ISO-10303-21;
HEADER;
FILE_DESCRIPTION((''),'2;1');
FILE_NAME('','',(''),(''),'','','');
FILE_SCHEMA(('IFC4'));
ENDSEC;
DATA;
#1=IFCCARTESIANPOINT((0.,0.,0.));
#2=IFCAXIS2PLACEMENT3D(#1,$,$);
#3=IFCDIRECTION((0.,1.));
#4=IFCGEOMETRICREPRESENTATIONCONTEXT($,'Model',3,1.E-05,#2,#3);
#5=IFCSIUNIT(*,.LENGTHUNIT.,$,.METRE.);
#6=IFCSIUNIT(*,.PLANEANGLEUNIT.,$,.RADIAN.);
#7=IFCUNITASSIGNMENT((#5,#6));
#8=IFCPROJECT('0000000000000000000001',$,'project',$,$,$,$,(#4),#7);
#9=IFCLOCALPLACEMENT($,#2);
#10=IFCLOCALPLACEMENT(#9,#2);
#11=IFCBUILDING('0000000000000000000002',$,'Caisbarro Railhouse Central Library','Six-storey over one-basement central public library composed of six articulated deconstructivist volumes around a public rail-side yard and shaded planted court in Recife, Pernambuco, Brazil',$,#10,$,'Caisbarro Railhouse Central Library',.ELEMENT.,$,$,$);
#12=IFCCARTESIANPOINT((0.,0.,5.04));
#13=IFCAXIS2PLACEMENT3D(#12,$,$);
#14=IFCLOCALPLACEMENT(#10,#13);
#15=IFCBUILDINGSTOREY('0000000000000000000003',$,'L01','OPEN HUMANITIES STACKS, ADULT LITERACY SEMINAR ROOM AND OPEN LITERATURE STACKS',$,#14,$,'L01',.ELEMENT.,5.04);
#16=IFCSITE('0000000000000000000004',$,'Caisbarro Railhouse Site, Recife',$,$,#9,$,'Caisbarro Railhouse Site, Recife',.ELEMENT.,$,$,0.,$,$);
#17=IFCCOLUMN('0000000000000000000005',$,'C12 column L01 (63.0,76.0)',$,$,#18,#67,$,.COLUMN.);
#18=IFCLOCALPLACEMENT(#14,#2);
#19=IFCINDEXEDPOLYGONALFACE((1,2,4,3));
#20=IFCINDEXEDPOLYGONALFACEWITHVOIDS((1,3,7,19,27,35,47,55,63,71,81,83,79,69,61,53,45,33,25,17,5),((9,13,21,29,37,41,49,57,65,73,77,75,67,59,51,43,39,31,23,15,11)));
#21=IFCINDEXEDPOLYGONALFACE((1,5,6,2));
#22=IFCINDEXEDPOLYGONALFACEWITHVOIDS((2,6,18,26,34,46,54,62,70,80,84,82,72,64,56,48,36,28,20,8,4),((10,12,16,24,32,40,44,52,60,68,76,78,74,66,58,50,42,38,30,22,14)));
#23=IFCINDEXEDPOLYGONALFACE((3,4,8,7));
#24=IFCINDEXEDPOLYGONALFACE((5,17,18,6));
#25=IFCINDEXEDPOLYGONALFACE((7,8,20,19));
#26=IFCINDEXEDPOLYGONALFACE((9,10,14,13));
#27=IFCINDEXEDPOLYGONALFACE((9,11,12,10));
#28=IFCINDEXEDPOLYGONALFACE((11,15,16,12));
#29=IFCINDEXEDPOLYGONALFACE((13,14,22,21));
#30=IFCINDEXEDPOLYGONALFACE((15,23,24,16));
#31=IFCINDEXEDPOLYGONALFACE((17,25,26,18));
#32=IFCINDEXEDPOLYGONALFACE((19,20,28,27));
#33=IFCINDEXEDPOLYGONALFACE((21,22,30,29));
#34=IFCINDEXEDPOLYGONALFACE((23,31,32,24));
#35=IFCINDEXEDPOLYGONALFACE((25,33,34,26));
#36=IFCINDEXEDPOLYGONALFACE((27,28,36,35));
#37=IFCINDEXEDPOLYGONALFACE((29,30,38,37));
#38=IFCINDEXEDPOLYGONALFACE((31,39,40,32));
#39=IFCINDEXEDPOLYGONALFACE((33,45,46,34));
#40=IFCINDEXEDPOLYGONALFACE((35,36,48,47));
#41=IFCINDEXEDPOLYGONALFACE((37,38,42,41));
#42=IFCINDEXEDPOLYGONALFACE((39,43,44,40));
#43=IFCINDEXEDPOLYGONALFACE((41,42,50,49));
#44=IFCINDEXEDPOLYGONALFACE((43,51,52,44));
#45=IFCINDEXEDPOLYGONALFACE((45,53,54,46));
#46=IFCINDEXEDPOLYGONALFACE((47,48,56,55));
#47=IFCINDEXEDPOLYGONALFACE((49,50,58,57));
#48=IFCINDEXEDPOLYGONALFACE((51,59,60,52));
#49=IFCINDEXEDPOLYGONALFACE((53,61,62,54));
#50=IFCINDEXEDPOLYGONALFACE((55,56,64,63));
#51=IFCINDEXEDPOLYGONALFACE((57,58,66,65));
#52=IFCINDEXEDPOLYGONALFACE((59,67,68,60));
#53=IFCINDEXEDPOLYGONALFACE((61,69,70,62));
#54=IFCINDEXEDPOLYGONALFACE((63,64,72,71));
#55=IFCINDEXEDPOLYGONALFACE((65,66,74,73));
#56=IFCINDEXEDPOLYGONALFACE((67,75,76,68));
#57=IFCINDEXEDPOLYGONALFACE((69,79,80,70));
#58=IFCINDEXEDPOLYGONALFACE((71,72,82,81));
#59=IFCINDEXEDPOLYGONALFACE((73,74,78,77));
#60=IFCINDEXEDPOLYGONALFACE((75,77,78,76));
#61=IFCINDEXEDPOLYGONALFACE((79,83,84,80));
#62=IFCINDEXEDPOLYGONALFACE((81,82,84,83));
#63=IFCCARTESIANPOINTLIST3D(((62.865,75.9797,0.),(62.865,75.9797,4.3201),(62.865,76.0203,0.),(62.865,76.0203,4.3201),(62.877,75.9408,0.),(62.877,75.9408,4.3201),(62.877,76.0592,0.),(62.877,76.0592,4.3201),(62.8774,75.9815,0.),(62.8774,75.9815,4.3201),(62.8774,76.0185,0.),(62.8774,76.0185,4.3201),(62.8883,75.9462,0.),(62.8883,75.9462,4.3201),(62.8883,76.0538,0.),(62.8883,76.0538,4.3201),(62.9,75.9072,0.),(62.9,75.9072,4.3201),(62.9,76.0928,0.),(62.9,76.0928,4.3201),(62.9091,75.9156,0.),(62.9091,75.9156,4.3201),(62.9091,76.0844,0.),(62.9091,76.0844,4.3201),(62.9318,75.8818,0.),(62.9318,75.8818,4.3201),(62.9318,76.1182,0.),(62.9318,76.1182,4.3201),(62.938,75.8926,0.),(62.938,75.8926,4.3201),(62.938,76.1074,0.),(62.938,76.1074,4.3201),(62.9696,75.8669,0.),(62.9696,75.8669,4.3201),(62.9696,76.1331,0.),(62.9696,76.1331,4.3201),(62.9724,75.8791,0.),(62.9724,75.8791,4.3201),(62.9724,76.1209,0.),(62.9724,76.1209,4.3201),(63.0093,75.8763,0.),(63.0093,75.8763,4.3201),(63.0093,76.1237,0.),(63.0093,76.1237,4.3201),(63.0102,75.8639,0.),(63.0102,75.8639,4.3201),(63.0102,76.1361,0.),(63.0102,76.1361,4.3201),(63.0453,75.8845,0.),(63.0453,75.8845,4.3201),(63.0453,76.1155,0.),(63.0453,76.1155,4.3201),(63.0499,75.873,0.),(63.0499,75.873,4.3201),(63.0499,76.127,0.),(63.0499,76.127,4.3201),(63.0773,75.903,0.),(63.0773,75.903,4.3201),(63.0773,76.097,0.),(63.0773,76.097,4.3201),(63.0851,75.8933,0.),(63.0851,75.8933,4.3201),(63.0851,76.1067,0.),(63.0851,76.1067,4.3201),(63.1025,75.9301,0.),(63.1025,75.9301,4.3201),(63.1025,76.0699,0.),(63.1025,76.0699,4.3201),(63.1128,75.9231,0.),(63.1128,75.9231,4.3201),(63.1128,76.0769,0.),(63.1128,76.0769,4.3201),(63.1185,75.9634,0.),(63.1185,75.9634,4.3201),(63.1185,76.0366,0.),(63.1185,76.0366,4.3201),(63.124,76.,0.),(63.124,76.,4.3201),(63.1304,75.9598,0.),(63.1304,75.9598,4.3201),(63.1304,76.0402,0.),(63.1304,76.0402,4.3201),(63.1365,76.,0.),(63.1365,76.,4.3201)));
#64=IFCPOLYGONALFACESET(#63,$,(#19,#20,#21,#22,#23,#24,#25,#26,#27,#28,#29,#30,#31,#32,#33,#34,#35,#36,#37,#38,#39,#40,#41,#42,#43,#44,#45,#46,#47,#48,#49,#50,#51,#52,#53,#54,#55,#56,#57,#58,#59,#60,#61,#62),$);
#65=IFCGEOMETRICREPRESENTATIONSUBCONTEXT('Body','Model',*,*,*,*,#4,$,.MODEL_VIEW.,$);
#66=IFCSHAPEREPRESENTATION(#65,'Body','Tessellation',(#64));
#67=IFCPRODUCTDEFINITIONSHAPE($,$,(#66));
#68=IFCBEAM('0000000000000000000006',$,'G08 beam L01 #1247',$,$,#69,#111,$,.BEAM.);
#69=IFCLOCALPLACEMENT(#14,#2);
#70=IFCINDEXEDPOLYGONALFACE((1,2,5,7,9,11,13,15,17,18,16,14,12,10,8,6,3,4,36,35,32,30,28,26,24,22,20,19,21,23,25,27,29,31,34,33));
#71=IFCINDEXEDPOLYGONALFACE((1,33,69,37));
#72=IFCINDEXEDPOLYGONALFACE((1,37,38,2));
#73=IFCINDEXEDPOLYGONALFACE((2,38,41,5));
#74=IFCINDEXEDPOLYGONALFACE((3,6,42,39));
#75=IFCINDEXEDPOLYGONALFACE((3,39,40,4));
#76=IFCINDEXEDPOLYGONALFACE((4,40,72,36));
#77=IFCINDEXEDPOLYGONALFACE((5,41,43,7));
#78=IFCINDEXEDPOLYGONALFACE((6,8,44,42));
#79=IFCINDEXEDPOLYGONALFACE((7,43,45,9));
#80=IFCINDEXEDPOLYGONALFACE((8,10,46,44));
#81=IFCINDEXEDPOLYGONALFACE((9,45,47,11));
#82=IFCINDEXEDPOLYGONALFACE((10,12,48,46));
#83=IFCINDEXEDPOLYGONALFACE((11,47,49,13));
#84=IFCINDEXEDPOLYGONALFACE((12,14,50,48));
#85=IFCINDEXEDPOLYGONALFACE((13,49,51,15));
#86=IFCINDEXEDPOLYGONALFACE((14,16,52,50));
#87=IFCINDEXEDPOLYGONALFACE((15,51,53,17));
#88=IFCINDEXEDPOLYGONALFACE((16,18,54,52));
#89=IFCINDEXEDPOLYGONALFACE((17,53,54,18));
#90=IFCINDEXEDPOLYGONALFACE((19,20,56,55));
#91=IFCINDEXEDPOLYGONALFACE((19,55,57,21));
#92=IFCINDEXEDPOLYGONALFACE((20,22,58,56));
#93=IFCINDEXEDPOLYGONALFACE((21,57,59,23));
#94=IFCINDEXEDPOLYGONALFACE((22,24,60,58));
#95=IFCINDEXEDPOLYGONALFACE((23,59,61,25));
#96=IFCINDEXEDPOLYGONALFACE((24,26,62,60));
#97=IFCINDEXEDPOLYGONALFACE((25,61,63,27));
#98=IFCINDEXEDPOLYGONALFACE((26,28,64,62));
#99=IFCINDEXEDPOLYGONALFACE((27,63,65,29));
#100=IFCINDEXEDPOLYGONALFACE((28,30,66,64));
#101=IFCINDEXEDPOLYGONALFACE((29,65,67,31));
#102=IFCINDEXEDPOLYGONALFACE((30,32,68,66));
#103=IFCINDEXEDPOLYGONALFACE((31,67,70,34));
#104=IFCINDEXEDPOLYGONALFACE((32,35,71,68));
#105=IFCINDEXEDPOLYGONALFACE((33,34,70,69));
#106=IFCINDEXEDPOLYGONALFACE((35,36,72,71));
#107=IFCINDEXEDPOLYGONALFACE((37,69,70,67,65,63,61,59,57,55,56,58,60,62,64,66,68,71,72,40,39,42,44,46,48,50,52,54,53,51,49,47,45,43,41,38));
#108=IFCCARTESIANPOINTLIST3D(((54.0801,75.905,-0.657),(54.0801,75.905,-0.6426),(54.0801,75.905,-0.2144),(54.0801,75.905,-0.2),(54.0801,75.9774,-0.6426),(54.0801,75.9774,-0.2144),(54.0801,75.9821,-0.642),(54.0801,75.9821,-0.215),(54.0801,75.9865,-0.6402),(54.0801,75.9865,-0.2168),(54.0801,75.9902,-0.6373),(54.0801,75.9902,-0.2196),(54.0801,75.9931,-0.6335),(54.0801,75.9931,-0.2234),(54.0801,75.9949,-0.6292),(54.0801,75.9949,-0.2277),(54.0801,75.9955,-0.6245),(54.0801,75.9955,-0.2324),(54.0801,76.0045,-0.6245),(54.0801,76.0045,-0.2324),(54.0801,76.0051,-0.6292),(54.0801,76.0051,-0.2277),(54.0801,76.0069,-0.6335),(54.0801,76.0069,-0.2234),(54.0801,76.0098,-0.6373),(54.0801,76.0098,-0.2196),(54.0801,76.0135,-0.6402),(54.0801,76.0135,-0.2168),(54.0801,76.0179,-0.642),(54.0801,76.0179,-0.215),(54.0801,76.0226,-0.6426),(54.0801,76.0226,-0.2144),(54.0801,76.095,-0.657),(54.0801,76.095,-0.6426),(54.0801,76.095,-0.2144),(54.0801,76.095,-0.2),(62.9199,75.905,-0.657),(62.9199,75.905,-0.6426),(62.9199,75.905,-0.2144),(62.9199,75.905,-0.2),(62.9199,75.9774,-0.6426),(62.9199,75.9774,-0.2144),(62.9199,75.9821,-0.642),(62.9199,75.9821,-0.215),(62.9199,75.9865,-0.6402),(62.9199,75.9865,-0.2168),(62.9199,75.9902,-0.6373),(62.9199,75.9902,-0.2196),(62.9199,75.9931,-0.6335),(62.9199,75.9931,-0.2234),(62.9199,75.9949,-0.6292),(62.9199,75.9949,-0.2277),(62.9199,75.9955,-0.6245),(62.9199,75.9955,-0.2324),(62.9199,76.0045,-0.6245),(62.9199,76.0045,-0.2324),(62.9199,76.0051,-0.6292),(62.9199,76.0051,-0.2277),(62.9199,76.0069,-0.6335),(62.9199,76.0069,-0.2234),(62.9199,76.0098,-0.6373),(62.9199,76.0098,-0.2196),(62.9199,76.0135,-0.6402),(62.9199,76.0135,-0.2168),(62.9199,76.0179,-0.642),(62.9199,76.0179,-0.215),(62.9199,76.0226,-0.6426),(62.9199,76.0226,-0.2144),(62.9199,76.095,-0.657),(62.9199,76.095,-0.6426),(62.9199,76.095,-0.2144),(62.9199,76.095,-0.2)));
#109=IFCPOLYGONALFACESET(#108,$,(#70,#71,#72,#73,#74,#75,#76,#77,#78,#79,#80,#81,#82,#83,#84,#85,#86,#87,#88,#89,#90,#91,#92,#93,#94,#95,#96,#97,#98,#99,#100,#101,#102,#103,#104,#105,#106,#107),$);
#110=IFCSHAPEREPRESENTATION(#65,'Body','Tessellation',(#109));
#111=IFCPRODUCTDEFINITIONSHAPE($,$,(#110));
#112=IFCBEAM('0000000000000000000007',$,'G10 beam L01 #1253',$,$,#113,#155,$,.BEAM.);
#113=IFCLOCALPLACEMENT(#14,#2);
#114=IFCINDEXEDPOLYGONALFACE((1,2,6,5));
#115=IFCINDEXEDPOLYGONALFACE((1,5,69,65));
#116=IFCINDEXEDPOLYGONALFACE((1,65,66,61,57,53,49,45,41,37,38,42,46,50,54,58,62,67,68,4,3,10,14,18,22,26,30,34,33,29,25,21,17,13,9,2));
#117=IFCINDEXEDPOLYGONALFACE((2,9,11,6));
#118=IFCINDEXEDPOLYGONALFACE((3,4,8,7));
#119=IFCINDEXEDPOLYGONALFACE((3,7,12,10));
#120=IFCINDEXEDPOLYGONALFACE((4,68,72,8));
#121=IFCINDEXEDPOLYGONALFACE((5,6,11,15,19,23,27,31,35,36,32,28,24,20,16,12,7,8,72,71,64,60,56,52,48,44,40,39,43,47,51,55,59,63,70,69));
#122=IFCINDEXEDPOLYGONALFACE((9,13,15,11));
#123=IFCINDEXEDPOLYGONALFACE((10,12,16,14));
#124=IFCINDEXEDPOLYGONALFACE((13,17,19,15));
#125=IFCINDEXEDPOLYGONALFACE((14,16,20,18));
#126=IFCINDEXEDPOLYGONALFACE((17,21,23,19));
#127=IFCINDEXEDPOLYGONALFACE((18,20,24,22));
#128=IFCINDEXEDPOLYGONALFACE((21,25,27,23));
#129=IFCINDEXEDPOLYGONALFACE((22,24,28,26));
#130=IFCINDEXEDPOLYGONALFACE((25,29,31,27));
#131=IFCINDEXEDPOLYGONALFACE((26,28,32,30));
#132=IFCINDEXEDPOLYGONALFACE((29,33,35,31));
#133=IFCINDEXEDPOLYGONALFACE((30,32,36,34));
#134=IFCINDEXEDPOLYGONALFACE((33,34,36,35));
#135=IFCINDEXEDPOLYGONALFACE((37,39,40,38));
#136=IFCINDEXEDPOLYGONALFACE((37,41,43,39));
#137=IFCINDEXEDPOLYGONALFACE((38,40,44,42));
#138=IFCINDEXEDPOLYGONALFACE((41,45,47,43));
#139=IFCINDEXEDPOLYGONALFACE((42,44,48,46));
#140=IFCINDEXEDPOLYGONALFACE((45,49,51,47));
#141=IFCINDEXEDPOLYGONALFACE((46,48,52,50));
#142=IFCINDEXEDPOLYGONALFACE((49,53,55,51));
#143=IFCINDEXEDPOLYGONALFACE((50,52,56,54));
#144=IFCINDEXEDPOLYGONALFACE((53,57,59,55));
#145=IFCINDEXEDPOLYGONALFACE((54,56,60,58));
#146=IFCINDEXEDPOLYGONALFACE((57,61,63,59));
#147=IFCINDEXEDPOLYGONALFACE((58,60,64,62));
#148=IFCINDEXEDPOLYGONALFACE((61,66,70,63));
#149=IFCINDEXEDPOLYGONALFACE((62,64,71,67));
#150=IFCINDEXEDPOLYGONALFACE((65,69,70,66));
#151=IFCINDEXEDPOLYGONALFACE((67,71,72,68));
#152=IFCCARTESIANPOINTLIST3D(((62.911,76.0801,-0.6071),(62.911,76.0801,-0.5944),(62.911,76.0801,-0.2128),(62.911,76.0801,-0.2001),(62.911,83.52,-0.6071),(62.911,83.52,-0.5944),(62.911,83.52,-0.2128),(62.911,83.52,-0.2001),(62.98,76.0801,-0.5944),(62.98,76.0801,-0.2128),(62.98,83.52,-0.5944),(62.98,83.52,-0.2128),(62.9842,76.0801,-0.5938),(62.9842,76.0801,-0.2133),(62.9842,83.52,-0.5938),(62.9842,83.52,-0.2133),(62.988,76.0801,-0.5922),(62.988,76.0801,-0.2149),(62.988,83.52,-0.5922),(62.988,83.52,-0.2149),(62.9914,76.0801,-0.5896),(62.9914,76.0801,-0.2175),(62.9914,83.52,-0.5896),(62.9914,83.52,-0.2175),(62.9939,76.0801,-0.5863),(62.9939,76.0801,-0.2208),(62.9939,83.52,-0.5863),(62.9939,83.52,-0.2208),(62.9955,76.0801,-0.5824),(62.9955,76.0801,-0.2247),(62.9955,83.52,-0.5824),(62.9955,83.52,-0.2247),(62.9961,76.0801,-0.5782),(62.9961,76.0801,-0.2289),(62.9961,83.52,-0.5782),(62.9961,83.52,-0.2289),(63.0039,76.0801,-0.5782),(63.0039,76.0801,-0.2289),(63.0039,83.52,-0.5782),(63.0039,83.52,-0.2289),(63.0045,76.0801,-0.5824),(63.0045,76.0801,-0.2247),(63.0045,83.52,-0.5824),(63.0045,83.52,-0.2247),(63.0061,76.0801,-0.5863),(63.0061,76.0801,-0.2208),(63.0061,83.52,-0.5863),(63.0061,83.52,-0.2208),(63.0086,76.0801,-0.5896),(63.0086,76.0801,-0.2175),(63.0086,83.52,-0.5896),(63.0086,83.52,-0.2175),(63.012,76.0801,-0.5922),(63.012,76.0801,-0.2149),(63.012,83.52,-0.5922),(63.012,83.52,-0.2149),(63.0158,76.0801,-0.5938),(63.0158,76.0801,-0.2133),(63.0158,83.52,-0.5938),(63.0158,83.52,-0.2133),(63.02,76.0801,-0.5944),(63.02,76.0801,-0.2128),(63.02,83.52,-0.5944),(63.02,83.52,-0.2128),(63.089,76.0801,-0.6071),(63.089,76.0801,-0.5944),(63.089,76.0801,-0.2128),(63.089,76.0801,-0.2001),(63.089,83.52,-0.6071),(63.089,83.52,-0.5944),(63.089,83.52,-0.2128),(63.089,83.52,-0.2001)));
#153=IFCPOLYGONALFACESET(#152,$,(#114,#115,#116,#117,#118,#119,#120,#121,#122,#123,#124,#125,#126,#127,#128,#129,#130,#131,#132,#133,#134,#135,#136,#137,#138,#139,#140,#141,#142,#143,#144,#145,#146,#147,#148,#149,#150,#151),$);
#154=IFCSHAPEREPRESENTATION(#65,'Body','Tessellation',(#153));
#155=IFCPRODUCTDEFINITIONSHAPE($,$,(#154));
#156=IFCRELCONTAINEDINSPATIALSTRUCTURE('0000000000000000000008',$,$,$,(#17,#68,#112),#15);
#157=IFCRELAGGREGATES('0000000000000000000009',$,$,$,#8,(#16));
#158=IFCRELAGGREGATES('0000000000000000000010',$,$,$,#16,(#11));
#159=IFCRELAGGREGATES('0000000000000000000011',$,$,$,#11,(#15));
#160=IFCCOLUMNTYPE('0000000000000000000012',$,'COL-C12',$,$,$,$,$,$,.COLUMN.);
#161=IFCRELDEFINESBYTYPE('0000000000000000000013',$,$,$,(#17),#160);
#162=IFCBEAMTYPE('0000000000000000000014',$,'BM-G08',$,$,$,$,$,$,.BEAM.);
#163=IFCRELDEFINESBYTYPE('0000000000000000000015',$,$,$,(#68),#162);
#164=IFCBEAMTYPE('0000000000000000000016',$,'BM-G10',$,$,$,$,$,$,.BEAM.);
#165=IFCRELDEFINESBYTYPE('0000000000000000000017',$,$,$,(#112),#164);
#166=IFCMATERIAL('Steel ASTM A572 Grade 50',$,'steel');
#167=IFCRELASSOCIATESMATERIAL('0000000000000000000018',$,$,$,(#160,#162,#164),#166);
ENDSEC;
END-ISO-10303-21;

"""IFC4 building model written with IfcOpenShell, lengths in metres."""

from ifc_helpers import new_model, si_unit, direction, frame, origin, origin_2d, place, context, subcontext, project, spatial, hollow_circle, i_section, extrude, material, material_profile, profile_set, type_object, element, save


model = new_model("IFC4")

# Units and contexts
model_context = context("Model", 3, precision=1e-05, world=origin(), true_north=direction((0.0, 1.0)))
body_context = subcontext(model_context, "Body", "Model", "MODEL_VIEW")
ifc_project = project(units=[si_unit("LENGTHUNIT", "METRE"), si_unit("PLANEANGLEUNIT", "RADIAN")], contexts=[model_context])

# Site, building, storey
site_placement = place(None, origin())
site = spatial("IfcSite", under=ifc_project, at=site_placement, Name="Caisbarro Railhouse Site, Recife", LongName="Caisbarro Railhouse Site, Recife", CompositionType="ELEMENT", RefElevation=0.0)
building_placement = place(site_placement, origin())
building = spatial("IfcBuilding", under=site, at=building_placement, Name="Caisbarro Railhouse Central Library", Description="Six-storey over one-basement central public library composed of six articulated deconstructivist volumes around a public rail-side yard and shaded planted court in Recife, Pernambuco, Brazil", LongName="Caisbarro Railhouse Central Library", CompositionType="ELEMENT")
storey_placement = place(building_placement, frame((0.0, 0.0, 5.04)))
storey = spatial("IfcBuildingStorey", under=building, at=storey_placement, Name="L01", Description="OPEN HUMANITIES STACKS, ADULT LITERACY SEMINAR ROOM AND OPEN LITERATURE STACKS", LongName="L01", CompositionType="ELEMENT", Elevation=5.04)

# Column
ifc_material_1 = material(Name="Steel ASTM A572 Grade 50", Category="steel")
ifc_material_profile_1 = material_profile(ifc_material_1, hollow_circle(Radius=0.1365, WallThickness=0.0125, at=origin_2d()), Name="CHS273.0X12.5")
ifc_profile_set_1 = profile_set([ifc_material_profile_1], Name="Steel ASTM A572 Grade 50")
column_type = type_object("IfcColumnType", Name="COL-C12", PredefinedType="COLUMN", material=ifc_profile_set_1)
column_placement = place(storey_placement, frame((63.0, 76.0, 0.0), z_axis=(0.0, 0.0, 1.0), x_axis=(1.0, 0.0, 0.0)))
element("IfcColumn", 1, at=column_placement, inside=storey, type_object=column_type, Name="C12 column L01 (63.0,76.0)", PredefinedType="COLUMN", context=body_context, shape_type="SweptSolid", body=[
    extrude(hollow_circle(Radius=0.1365, WallThickness=0.0125, at=origin_2d()), origin(), (0.0, 0.0, 1.0), 4.3201),
])

# Beams
ifc_material_profile_2 = material_profile(ifc_material_1, i_section(OverallWidth=0.1899, OverallDepth=0.457, WebThickness=0.009, FlangeThickness=0.0144, FilletRadius=0.0181, at=origin_2d()), Name="W460X74.0")
ifc_profile_set_2 = profile_set([ifc_material_profile_2], Name="Steel ASTM A572 Grade 50")
beam_type_1 = type_object("IfcBeamType", Name="BM-G08", PredefinedType="BEAM", material=ifc_profile_set_2)
beam_1_placement = place(storey_placement, frame((54.0801, 76.0, -0.4285), z_axis=(1.0, 0.0, 0.0), x_axis=(0.0, 1.0, 0.0)))
element("IfcBeam", 2, at=beam_1_placement, inside=storey, type_object=beam_type_1, Name="G08 beam L01 #1247", PredefinedType="BEAM", context=body_context, shape_type="SweptSolid", body=[
    extrude(i_section(OverallWidth=0.1899, OverallDepth=0.457, WebThickness=0.009, FlangeThickness=0.0144, FilletRadius=0.0181, at=origin_2d()), origin(), (0.0, 0.0, 1.0), 8.8398),
])
ifc_material_profile_3 = material_profile(ifc_material_1, i_section(OverallWidth=0.178, OverallDepth=0.407, WebThickness=0.0078, FlangeThickness=0.0127, FilletRadius=0.0161, at=origin_2d()), Name="W410X60.0")
ifc_profile_set_3 = profile_set([ifc_material_profile_3], Name="Steel ASTM A572 Grade 50")
beam_type_2 = type_object("IfcBeamType", Name="BM-G10", PredefinedType="BEAM", material=ifc_profile_set_3)
beam_2_placement = place(storey_placement, frame((63.0, 76.0801, -0.4036), z_axis=(0.0, 1.0, 0.0), x_axis=(-1.0, 0.0, 0.0)))
element("IfcBeam", 3, at=beam_2_placement, inside=storey, type_object=beam_type_2, Name="G10 beam L01 #1253", PredefinedType="BEAM", context=body_context, shape_type="SweptSolid", body=[
    extrude(i_section(OverallWidth=0.178, OverallDepth=0.407, WebThickness=0.0078, FlangeThickness=0.0127, FilletRadius=0.0161, at=origin_2d()), origin(), (0.0, 0.0, 1.0), 7.4399),
])

save(model, "model.ifc")
